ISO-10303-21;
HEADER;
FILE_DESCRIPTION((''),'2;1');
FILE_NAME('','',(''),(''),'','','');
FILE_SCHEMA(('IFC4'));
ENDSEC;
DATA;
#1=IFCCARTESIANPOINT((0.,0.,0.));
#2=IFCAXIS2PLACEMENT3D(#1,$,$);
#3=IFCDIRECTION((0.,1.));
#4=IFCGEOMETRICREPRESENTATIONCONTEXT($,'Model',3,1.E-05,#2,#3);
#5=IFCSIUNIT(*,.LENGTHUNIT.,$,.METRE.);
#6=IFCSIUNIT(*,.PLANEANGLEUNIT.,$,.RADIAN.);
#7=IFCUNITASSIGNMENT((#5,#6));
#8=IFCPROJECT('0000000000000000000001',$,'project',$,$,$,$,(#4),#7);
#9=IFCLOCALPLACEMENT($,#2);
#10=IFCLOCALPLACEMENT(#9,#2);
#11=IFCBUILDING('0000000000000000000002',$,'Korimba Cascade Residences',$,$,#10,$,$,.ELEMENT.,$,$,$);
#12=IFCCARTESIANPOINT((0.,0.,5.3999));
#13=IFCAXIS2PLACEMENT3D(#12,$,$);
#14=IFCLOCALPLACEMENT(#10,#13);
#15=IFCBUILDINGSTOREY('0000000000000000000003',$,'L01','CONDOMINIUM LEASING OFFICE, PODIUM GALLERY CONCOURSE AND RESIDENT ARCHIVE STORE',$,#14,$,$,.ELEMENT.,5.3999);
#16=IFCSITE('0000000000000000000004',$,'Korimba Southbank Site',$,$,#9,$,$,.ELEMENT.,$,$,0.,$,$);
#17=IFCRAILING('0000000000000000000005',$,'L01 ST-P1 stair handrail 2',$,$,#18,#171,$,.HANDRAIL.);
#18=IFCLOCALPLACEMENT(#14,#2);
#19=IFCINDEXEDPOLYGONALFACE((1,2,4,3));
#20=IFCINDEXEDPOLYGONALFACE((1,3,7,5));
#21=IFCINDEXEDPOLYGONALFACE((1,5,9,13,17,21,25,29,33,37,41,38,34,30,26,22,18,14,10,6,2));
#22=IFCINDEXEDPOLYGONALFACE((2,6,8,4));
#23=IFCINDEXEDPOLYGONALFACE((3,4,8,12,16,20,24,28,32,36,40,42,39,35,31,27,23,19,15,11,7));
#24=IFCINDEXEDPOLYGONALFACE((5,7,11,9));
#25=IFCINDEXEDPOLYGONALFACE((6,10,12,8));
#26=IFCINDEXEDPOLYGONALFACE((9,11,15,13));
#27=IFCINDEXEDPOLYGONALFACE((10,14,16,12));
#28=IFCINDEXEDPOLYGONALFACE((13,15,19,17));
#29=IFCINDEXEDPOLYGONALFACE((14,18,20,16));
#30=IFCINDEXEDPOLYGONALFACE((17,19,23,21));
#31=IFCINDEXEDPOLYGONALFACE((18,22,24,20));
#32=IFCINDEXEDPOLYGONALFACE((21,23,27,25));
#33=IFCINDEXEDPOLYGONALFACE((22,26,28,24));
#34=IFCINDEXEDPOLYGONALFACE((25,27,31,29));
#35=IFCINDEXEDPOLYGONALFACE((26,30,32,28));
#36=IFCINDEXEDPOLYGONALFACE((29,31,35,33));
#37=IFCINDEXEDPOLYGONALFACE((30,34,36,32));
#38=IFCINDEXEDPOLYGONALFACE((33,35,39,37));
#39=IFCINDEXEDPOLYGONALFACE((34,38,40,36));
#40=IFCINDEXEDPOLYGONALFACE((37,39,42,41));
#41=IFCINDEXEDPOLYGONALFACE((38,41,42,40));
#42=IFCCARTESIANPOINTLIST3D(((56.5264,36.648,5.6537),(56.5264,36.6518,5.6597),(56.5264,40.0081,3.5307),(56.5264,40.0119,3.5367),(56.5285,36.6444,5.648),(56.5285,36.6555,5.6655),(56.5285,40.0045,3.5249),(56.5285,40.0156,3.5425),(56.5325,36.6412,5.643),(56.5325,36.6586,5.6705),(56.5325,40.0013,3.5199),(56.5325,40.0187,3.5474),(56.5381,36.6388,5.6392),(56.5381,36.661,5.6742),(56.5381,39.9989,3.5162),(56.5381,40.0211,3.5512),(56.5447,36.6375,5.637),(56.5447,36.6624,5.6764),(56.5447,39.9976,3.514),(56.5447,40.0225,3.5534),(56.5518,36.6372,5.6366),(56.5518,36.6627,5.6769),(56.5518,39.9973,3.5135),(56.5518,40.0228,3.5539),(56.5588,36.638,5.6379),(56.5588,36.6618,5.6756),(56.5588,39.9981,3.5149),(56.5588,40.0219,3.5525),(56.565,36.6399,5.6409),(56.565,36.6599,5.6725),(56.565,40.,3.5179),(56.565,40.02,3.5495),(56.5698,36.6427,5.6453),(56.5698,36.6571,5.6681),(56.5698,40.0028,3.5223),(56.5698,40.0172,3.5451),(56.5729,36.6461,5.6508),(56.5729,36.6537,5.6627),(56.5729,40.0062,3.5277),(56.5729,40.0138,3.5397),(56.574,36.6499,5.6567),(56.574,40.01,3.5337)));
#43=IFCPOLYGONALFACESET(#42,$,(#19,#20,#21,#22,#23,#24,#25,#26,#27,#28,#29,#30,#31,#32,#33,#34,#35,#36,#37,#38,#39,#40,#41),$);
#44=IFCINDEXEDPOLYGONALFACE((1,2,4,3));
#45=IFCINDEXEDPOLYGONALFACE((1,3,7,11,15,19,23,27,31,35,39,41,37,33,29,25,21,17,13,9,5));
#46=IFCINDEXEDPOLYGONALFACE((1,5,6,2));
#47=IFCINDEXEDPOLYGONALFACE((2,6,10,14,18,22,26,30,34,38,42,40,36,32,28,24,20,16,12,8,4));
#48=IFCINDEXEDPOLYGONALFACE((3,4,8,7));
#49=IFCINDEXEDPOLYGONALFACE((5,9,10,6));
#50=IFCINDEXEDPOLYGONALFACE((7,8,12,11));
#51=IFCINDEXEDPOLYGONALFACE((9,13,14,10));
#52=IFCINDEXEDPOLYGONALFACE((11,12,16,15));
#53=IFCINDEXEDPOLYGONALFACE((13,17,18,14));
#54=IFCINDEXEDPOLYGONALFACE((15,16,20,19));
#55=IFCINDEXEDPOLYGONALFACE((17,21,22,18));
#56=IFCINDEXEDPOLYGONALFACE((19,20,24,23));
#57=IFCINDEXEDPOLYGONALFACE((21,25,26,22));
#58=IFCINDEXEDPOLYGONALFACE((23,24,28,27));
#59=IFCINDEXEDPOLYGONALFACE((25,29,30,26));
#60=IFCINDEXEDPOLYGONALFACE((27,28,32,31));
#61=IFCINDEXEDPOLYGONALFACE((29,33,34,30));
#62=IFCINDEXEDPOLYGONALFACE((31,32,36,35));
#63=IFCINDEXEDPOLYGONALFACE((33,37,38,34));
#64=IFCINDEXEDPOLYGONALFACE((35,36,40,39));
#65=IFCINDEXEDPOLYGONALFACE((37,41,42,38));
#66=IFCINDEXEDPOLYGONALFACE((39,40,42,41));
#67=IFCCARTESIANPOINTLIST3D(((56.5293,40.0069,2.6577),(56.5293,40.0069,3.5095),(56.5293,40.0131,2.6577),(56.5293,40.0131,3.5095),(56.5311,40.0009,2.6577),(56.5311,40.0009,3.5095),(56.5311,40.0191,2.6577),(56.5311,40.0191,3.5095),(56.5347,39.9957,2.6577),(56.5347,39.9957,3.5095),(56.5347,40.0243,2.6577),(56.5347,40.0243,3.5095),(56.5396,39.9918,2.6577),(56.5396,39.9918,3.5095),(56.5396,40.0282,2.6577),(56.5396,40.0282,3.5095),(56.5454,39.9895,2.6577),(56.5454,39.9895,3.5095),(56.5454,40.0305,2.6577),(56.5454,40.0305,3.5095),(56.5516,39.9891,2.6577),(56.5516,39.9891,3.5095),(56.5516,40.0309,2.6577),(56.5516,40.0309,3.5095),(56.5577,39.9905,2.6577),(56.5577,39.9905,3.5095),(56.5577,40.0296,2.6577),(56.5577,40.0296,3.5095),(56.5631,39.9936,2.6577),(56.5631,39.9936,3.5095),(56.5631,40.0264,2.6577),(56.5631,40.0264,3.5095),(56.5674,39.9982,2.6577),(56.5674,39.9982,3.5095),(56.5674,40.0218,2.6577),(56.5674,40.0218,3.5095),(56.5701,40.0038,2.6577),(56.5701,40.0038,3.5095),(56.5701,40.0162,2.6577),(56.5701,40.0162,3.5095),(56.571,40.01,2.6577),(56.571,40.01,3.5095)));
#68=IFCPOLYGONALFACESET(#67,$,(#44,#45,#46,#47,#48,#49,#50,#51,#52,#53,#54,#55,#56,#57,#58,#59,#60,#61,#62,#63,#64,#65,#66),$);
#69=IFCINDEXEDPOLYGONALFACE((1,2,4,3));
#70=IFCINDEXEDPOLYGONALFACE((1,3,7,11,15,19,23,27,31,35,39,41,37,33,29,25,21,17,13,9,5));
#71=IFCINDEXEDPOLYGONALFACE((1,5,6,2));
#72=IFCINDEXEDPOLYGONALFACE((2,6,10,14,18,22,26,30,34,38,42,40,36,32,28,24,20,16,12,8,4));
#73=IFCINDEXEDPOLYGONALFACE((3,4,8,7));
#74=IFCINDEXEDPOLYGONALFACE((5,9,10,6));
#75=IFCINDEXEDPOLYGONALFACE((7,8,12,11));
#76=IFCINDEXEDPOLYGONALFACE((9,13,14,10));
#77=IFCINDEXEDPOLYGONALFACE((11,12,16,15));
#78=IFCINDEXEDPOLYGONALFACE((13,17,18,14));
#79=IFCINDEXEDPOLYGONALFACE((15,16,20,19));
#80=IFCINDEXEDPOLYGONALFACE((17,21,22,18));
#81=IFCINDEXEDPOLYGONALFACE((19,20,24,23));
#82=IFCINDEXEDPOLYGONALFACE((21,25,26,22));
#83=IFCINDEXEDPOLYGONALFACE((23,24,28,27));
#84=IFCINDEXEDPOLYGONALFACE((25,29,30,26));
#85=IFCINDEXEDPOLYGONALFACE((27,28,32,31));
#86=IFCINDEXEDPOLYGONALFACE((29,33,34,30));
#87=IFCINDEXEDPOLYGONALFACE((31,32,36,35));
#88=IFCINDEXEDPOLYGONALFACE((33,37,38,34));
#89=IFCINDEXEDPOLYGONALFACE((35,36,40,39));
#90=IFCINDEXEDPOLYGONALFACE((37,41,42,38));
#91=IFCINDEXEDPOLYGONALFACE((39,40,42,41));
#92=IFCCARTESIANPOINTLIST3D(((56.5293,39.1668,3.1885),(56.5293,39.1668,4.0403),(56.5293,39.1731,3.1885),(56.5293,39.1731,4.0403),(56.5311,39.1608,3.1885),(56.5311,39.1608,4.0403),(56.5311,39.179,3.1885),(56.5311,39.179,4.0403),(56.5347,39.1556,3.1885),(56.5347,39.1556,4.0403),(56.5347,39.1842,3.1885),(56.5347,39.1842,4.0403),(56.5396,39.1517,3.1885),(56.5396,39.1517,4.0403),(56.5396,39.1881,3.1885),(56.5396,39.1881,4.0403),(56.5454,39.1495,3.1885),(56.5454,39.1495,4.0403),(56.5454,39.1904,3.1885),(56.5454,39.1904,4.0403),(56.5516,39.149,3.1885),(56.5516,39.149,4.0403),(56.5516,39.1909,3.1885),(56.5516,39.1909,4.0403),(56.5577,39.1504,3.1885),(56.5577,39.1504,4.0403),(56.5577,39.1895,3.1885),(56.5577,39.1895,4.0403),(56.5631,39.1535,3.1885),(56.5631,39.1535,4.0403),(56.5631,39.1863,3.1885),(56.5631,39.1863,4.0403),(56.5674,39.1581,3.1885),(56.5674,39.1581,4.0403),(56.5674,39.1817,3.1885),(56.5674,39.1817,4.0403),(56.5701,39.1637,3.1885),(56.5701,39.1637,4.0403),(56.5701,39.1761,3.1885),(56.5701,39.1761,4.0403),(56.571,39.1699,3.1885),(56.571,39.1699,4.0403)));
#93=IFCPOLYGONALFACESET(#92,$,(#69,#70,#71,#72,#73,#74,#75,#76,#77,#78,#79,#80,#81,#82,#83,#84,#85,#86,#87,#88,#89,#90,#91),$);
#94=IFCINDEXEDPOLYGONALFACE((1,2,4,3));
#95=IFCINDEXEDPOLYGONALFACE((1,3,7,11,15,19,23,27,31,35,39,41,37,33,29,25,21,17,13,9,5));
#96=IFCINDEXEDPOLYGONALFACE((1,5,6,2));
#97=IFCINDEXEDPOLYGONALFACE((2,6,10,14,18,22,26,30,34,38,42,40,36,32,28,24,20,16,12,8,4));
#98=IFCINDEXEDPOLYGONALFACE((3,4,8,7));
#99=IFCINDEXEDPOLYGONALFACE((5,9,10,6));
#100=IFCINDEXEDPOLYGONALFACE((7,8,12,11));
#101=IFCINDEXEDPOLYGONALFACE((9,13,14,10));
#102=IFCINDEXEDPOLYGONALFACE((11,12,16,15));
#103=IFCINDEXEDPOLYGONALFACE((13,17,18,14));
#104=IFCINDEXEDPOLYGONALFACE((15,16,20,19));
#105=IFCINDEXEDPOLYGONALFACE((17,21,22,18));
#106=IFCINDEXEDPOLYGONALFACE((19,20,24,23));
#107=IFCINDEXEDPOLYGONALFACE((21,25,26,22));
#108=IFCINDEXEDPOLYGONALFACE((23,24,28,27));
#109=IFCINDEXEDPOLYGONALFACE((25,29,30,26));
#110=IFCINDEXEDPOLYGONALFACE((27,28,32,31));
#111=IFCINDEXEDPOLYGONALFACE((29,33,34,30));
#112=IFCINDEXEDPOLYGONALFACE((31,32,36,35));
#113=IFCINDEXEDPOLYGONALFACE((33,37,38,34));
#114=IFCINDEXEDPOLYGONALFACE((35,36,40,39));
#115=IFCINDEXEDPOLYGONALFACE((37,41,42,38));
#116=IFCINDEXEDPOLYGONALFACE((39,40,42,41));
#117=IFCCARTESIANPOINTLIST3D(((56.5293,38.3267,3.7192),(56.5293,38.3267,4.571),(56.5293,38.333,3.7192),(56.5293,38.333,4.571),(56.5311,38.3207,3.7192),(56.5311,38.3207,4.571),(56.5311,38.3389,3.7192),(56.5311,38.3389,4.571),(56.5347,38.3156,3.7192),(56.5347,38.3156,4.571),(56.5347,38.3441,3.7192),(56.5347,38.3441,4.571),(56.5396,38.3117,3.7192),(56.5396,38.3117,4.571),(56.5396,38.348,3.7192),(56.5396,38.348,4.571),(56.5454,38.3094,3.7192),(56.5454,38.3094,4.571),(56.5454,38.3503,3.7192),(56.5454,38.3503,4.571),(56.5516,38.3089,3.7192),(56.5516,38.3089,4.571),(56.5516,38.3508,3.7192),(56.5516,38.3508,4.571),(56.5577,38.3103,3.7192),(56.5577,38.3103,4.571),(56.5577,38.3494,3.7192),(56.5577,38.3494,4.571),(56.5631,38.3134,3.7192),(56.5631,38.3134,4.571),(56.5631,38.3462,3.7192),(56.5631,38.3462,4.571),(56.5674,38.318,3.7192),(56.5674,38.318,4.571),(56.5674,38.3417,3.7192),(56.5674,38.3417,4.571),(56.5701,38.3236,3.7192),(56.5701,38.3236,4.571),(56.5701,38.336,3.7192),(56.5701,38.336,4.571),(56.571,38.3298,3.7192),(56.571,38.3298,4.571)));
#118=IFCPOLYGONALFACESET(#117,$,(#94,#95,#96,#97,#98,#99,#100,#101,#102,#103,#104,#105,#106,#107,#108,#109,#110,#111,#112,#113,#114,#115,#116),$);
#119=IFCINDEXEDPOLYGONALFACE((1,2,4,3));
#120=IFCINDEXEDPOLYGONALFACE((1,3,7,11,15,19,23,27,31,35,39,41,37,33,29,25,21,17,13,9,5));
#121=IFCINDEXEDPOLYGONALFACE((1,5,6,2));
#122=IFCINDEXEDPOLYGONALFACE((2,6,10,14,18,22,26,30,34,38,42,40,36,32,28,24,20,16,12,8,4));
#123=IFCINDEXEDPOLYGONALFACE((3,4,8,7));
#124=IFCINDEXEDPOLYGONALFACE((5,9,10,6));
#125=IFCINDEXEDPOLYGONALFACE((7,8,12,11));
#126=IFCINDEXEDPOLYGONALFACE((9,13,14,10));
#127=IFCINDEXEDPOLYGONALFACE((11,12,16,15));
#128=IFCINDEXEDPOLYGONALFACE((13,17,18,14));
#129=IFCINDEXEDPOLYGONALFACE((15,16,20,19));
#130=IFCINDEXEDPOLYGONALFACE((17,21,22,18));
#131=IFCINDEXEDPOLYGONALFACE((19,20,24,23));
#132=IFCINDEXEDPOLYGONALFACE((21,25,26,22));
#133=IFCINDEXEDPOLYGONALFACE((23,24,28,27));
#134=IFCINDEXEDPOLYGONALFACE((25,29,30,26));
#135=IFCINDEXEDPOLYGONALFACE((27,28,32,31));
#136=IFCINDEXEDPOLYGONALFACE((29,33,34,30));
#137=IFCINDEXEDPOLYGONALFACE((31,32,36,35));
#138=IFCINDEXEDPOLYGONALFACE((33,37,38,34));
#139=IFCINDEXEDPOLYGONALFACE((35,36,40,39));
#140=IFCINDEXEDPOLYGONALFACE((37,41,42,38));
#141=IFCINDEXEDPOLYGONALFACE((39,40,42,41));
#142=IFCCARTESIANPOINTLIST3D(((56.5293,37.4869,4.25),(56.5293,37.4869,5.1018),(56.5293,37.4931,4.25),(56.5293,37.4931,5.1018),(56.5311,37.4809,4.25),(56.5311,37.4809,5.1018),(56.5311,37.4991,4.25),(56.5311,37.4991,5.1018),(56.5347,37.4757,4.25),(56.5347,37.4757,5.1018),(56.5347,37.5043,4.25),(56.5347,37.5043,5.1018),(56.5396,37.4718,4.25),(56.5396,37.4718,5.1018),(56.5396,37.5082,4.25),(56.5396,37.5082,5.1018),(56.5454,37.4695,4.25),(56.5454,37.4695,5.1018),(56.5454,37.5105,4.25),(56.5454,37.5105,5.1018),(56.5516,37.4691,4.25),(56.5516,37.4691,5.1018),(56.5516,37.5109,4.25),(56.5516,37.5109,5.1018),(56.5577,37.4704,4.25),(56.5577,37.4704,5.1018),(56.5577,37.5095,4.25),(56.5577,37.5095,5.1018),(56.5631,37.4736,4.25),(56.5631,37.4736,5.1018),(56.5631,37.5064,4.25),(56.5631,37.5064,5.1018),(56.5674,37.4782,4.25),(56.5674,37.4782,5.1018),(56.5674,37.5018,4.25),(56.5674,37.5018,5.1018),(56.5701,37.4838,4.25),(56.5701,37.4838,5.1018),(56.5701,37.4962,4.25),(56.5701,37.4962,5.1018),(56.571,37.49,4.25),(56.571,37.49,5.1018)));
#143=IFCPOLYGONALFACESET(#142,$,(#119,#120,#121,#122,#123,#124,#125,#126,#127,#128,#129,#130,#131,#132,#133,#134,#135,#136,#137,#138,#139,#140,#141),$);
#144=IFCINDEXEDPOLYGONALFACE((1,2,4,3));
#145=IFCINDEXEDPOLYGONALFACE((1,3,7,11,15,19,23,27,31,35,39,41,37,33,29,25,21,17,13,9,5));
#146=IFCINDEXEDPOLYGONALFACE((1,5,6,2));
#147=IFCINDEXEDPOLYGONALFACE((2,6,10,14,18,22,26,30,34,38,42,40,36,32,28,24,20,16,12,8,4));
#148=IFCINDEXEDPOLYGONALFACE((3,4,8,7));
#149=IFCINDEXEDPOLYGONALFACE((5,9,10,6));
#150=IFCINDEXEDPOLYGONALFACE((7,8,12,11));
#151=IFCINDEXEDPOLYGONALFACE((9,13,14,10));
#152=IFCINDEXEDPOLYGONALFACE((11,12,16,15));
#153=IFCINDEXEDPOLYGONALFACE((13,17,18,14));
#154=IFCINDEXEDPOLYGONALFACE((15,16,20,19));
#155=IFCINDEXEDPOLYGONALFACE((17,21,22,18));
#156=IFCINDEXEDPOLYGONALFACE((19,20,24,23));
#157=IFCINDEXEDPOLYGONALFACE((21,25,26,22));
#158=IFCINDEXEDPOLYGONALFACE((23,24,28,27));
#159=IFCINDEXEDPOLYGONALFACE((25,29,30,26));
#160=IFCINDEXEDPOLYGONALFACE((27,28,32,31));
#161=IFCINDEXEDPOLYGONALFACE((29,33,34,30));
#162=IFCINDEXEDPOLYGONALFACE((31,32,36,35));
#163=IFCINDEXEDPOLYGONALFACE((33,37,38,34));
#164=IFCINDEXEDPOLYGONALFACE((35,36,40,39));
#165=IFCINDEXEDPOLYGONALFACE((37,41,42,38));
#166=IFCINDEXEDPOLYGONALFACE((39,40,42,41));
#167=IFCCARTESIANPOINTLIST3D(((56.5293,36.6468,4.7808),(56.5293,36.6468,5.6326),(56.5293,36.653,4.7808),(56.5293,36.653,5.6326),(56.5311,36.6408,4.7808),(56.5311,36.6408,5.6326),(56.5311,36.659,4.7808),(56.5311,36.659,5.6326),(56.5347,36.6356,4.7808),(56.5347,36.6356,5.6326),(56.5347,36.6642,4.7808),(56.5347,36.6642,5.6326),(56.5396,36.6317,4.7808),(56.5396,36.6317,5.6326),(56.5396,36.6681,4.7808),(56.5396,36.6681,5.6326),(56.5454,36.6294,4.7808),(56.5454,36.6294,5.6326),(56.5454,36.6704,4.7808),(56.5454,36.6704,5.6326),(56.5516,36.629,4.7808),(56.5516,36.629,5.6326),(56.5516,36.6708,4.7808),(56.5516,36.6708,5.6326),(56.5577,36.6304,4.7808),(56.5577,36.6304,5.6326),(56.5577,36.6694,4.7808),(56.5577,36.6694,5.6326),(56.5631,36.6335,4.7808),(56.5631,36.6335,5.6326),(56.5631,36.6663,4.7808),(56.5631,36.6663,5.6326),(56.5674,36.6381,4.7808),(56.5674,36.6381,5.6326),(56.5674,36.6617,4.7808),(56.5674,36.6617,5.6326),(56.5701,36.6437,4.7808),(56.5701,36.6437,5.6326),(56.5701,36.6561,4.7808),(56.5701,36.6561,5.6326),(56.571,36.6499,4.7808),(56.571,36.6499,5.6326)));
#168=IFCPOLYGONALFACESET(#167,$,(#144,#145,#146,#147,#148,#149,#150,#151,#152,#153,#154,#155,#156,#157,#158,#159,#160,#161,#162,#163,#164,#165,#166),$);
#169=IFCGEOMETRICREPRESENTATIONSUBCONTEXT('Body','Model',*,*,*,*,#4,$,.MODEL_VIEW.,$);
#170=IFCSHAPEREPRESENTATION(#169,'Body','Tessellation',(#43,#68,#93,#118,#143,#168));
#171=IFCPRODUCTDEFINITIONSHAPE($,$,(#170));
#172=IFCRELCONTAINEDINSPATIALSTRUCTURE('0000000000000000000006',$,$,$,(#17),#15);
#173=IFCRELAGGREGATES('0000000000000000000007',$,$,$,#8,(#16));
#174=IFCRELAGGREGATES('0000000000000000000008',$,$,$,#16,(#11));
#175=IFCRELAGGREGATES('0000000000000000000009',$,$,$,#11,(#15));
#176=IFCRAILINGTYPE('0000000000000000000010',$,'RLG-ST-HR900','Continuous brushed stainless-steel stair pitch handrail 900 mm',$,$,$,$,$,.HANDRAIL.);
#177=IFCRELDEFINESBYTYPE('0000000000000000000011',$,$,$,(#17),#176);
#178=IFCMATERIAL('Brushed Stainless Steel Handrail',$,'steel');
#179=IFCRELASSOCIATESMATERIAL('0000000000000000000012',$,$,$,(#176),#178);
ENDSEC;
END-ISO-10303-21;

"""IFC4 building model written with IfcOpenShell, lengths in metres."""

from ifc_helpers import new_model, si_unit, direction, frame, origin, origin_2d, place, context, subcontext, project, spatial, circle, extrude, material, type_object, element, save


model = new_model("IFC4")

# Units and contexts
model_context = context("Model", 3, precision=1e-05, world=origin(), true_north=direction((0.0, 1.0)))
body_context = subcontext(model_context, "Body", "Model", "MODEL_VIEW")
ifc_project = project(units=[si_unit("LENGTHUNIT", "METRE"), si_unit("PLANEANGLEUNIT", "RADIAN")], contexts=[model_context])

# Site, building, storey
site_placement = place(None, origin())
site = spatial("IfcSite", under=ifc_project, at=site_placement, Name="Korimba Southbank Site", CompositionType="ELEMENT", RefElevation=0.0)
building_placement = place(site_placement, origin())
building = spatial("IfcBuilding", under=site, at=building_placement, Name="Korimba Cascade Residences", CompositionType="ELEMENT")
storey_placement = place(building_placement, frame((0.0, 0.0, 5.3999)))
storey = spatial("IfcBuildingStorey", under=building, at=storey_placement, Name="L01", Description="CONDOMINIUM LEASING OFFICE, PODIUM GALLERY CONCOURSE AND RESIDENT ARCHIVE STORE", CompositionType="ELEMENT", Elevation=5.3999)

# Railing
ifc_material_1 = material(Name="Brushed Stainless Steel Handrail", Category="steel")
railing_type_1 = type_object("IfcRailingType", Name="RLG-ST-HR900", Description="Continuous brushed stainless-steel stair pitch handrail 900 mm", PredefinedType="HANDRAIL", material=ifc_material_1)
railing_1_placement = place(storey_placement, frame((56.55, 40.01, 2.6577)))
element("IfcRailing", 1, at=railing_1_placement, inside=storey, type_object=railing_type_1, Name="L01 ST-P1 stair handrail 2", PredefinedType="HANDRAIL", context=body_context, shape_type="SweptSolid", body=[
    extrude(circle(Radius=0.0239, at=origin_2d()), frame((0.0, 0.0, 0.876), z_axis=(0.0, -0.84539, 0.53415), x_axis=(1.0, 0.0, 0.0)), (0.0, 0.0, 1.0), 3.9746),
    extrude(circle(Radius=0.021, at=origin_2d()), origin(), (0.0, 0.0, 1.0), 0.8518),
    extrude(circle(Radius=0.021, at=origin_2d()), frame((0.0, -0.8401, 0.5308)), (0.0, 0.0, 1.0), 0.8518),
    extrude(circle(Radius=0.021, at=origin_2d()), frame((0.0, -1.6802, 1.0615)), (0.0, 0.0, 1.0), 0.8518),
    extrude(circle(Radius=0.021, at=origin_2d()), frame((0.0, -2.52, 1.5923)), (0.0, 0.0, 1.0), 0.8518),
    extrude(circle(Radius=0.021, at=origin_2d()), frame((0.0, -3.3601, 2.123)), (0.0, 0.0, 1.0), 0.8518),
])

save(model, "model.ifc")
